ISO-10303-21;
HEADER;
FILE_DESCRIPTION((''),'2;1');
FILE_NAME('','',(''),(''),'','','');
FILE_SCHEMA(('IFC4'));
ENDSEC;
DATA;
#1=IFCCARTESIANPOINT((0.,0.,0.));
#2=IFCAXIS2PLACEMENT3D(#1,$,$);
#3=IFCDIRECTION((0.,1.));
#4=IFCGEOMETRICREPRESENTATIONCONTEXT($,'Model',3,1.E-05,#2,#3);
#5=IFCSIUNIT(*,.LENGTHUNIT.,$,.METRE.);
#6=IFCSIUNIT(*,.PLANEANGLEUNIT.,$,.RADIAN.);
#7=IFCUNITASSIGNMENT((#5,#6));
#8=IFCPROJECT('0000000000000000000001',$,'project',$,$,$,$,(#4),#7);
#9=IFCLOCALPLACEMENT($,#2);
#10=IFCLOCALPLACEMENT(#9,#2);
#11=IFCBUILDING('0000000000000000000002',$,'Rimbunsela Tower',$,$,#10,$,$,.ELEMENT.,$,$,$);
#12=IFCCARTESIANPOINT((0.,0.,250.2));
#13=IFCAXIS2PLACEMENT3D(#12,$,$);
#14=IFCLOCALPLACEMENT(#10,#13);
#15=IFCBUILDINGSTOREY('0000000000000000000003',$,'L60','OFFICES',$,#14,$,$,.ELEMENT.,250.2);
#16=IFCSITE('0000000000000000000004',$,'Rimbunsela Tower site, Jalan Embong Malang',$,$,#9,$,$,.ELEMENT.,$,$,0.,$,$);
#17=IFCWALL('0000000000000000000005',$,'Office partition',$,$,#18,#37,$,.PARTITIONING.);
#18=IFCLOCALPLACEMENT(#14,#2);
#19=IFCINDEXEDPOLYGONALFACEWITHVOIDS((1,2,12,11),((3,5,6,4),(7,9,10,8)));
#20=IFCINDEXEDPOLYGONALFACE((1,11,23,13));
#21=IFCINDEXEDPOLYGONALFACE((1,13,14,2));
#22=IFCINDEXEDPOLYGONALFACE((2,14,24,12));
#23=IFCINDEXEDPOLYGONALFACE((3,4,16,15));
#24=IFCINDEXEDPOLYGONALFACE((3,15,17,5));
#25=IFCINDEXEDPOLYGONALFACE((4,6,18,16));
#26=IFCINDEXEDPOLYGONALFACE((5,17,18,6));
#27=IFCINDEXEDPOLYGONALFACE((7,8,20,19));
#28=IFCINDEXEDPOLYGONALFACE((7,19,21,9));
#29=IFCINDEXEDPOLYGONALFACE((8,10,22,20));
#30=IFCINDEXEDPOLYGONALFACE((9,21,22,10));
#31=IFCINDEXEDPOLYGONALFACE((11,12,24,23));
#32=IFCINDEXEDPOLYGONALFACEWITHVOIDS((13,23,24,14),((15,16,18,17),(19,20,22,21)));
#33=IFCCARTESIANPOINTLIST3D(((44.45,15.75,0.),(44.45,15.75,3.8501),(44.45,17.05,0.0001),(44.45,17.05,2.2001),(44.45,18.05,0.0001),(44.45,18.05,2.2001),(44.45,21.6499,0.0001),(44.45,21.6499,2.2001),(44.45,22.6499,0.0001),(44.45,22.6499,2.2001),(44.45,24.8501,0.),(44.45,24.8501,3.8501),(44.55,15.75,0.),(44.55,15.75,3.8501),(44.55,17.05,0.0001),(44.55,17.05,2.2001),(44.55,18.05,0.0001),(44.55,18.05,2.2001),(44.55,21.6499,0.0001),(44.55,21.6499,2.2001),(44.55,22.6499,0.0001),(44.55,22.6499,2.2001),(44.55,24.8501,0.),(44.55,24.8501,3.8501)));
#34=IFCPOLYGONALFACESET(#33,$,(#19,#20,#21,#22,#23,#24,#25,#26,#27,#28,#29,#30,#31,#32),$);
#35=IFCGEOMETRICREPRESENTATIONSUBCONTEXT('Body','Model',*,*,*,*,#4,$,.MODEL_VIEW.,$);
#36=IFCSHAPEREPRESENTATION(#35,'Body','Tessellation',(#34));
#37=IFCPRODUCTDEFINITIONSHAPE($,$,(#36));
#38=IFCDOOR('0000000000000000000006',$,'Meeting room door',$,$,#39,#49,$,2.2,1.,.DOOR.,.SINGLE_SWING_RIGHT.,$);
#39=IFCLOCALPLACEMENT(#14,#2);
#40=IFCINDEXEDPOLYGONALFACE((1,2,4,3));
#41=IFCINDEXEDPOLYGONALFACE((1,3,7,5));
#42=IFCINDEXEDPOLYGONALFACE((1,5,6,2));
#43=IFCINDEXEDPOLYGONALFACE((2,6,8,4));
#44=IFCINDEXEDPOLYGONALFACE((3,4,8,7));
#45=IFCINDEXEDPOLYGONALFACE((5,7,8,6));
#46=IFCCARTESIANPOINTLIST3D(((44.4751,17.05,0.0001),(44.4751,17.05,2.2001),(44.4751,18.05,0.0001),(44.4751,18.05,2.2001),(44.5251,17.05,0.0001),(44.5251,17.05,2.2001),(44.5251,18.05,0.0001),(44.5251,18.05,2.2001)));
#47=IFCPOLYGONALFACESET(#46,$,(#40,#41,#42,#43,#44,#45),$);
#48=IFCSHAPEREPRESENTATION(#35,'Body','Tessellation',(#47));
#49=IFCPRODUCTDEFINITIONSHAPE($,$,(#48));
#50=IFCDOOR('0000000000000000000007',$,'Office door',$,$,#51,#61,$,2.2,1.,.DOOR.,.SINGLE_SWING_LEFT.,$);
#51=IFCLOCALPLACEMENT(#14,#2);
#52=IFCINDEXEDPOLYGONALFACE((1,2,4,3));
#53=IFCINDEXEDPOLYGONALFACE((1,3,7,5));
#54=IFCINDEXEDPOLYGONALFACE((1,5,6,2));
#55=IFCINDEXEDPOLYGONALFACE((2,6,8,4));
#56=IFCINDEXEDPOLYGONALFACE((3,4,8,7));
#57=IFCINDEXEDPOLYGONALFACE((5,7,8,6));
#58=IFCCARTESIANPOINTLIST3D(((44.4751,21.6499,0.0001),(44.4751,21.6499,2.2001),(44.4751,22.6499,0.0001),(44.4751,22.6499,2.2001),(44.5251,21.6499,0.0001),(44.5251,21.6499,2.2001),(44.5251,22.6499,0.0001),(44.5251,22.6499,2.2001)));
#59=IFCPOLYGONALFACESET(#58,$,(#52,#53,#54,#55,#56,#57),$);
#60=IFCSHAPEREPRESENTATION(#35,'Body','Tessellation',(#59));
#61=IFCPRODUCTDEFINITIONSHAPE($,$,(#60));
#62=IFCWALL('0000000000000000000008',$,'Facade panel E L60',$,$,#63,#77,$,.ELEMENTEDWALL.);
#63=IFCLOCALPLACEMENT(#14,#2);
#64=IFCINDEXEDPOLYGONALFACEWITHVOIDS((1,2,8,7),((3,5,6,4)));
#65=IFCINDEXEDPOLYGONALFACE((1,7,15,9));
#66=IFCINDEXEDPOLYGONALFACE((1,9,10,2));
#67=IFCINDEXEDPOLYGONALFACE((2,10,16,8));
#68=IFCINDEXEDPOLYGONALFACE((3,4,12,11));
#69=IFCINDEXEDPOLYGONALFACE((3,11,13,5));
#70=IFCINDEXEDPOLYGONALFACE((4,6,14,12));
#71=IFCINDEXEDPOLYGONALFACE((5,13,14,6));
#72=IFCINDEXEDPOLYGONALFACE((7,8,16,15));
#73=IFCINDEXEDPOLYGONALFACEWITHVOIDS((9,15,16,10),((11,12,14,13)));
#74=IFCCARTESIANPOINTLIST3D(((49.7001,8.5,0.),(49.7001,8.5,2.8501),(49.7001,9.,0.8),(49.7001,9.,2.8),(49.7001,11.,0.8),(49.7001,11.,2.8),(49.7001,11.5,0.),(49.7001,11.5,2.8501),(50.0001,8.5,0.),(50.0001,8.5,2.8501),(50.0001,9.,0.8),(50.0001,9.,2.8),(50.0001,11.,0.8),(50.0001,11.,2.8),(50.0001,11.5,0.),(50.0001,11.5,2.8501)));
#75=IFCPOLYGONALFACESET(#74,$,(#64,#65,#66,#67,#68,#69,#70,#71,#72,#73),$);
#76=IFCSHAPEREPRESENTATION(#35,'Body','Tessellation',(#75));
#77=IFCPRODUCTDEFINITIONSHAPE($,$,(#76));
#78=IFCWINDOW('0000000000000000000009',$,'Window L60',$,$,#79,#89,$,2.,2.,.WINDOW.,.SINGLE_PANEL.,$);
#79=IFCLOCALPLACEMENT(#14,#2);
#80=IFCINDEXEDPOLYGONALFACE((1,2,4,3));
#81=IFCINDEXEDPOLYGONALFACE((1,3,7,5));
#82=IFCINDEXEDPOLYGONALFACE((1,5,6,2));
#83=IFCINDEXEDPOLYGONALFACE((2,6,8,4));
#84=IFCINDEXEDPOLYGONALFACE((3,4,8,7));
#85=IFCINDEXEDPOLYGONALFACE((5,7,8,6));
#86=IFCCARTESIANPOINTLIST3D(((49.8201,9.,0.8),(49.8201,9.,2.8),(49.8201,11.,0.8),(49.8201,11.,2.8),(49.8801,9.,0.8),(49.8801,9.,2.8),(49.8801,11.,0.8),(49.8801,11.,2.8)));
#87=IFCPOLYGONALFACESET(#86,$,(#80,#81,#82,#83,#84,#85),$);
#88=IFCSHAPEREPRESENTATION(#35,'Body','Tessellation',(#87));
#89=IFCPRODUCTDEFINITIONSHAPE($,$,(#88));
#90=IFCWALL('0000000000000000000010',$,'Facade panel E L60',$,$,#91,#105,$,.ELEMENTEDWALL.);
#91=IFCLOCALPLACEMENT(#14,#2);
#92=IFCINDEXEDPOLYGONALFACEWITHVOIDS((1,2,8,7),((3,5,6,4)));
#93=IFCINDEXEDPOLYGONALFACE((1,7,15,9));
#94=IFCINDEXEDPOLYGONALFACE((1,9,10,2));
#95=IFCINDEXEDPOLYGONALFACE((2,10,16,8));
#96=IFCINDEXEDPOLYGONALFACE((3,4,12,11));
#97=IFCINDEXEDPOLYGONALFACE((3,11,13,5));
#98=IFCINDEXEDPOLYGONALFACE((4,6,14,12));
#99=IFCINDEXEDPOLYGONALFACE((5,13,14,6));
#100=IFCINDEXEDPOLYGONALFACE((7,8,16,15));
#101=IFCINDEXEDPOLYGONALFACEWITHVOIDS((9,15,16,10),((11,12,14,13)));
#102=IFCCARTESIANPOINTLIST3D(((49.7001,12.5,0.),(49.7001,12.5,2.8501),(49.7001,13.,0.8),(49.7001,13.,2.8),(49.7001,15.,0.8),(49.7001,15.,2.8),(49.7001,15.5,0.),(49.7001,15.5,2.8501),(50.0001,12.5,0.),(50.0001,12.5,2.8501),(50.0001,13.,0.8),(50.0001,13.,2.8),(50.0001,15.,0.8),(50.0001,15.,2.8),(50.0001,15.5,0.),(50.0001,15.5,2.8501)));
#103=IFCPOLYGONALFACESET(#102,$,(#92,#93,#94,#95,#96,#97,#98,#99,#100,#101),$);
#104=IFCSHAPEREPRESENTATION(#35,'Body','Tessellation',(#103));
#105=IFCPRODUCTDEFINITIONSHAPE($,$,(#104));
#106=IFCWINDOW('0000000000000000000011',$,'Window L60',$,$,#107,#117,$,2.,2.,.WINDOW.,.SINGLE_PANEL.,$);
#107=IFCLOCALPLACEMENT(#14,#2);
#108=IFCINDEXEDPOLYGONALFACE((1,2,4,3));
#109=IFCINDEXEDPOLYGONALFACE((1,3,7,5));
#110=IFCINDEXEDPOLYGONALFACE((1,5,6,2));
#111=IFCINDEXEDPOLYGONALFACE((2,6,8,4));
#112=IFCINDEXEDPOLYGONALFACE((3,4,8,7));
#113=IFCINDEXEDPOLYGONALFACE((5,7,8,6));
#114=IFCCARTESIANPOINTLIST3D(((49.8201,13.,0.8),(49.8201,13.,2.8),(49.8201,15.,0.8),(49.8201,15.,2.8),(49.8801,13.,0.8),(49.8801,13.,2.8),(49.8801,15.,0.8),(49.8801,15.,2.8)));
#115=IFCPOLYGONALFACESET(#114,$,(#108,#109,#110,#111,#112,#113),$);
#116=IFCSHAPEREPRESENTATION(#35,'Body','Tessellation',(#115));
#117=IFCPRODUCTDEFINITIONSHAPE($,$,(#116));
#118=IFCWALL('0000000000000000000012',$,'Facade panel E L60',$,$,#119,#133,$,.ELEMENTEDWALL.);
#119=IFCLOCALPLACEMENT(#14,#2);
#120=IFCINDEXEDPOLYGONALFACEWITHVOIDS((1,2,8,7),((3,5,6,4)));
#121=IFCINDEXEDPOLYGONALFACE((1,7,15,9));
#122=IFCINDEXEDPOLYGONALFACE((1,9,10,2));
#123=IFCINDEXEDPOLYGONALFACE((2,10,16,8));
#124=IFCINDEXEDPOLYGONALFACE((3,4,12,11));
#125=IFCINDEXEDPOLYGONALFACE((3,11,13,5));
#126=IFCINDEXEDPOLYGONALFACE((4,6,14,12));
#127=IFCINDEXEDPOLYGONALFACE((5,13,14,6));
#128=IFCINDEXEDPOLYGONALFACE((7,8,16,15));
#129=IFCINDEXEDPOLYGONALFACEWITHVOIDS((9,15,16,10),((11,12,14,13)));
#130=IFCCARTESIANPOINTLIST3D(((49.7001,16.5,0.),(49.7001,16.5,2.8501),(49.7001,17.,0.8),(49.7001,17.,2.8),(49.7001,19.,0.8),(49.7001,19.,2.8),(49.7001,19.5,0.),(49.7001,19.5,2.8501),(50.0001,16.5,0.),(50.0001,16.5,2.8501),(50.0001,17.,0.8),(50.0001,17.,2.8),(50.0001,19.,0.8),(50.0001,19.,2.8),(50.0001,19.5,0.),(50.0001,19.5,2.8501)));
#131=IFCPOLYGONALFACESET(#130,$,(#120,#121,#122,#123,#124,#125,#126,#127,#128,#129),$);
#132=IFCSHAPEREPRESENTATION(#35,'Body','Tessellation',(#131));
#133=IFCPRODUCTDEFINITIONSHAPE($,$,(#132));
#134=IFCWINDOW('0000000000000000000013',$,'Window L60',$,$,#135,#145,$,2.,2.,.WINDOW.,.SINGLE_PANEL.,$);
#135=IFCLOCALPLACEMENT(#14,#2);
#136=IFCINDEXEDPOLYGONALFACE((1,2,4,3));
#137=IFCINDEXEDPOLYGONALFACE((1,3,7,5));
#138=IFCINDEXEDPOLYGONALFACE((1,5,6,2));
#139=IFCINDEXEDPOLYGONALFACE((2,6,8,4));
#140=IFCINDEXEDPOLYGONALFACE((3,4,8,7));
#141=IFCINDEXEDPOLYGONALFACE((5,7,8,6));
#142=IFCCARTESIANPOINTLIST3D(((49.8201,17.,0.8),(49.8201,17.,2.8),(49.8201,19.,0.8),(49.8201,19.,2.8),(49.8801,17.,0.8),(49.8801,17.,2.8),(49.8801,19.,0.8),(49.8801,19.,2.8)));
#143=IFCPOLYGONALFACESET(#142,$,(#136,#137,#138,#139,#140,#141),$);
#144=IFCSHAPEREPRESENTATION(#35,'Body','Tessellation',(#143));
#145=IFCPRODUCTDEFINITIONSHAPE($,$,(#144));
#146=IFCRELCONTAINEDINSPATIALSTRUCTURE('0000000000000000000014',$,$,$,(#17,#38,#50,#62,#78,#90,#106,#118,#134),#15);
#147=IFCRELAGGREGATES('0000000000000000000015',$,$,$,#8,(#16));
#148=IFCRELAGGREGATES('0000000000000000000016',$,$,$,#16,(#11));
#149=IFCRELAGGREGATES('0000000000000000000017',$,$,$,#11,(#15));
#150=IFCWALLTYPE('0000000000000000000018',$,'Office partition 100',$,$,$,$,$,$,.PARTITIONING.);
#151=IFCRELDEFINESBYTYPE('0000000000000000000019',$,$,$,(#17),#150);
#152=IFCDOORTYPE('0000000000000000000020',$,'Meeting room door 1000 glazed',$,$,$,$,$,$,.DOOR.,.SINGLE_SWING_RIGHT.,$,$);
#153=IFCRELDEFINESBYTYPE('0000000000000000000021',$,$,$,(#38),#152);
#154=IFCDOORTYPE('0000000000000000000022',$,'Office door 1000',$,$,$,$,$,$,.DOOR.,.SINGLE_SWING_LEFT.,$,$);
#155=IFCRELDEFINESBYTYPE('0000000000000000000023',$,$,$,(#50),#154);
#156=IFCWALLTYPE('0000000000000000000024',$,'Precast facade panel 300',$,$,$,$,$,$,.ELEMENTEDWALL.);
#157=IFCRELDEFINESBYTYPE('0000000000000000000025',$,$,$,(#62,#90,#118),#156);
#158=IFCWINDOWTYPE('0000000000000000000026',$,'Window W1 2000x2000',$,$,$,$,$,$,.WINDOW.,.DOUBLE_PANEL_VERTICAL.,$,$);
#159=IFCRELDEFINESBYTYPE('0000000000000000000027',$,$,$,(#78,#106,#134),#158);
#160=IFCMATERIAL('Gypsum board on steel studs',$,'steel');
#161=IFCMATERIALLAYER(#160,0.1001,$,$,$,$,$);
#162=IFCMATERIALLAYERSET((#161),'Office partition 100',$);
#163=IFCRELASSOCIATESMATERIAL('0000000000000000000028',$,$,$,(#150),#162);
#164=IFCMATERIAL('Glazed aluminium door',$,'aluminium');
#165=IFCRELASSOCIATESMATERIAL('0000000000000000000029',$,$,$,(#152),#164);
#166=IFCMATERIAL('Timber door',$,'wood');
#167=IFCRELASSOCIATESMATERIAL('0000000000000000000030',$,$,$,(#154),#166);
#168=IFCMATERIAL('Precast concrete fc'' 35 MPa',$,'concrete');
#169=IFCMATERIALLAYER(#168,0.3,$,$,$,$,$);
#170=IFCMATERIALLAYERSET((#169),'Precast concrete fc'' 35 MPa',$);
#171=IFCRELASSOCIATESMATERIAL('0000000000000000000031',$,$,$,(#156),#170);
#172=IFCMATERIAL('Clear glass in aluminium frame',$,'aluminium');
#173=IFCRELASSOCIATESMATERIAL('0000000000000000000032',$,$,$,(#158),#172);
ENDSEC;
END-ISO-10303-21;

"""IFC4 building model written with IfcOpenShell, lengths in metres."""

from ifc_helpers import new_model, si_unit, direction, frame, frame_2d, origin, place, context, subcontext, project, spatial, rectangle, extrude, material, layer, layer_set, type_object, element, fill, save


model = new_model("IFC4")

# Units and contexts
model_context = context("Model", 3, precision=1e-05, world=origin(), true_north=direction((0.0, 1.0)))
body_context = subcontext(model_context, "Body", "Model", "MODEL_VIEW")
ifc_project = project(units=[si_unit("LENGTHUNIT", "METRE"), si_unit("PLANEANGLEUNIT", "RADIAN")], contexts=[model_context])

# Site, building, storey
site_placement = place(None, origin())
site = spatial("IfcSite", under=ifc_project, at=site_placement, Name="Rimbunsela Tower site, Jalan Embong Malang", CompositionType="ELEMENT", RefElevation=0.0)
building_placement = place(site_placement, origin())
building = spatial("IfcBuilding", under=site, at=building_placement, Name="Rimbunsela Tower", CompositionType="ELEMENT")
storey_placement = place(building_placement, frame((0.0, 0.0, 250.2)))
storey = spatial("IfcBuildingStorey", under=building, at=storey_placement, Name="L60", Description="OFFICES", CompositionType="ELEMENT", Elevation=250.2)

# Wall, openings, doors
ifc_material_1 = material(Name="Gypsum board on steel studs", Category="steel")
ifc_layer_1 = layer(ifc_material_1, 0.1001)
ifc_layer_set_1 = layer_set([ifc_layer_1], Name="Office partition 100")
wall_type_1 = type_object("IfcWallType", Name="Office partition 100", PredefinedType="PARTITIONING", material=ifc_layer_set_1)
wall_1_placement = place(storey_placement, frame((44.5, 15.75, 0.0), z_axis=(0.0, 0.0, 1.0), x_axis=(0.0, 1.0, 0.0)))
wall_1 = element("IfcWall", 1, at=wall_1_placement, inside=storey, type_object=wall_type_1, Name="Office partition", PredefinedType="PARTITIONING", context=body_context, shape_type="SweptSolid", body=[
    extrude(rectangle(XDim=9.1001, YDim=0.1001, at=frame_2d((4.55, 0.0))), origin(), (0.0, 0.0, 1.0), 3.8501),
])
opening_1_placement = place(wall_1_placement, frame((1.3, 0.0, 0.0)))
opening_1 = element("IfcOpeningElement", 2, at=opening_1_placement, cuts=wall_1, PredefinedType="OPENING", context=body_context, shape_type="SweptSolid", body=[
    extrude(rectangle(XDim=1.0, YDim=2.2, at=frame_2d((0.5, 1.1001))), frame((0.0, 0.0601, 0.0), z_axis=(0.0, -1.0, 0.0), x_axis=(1.0, 0.0, 0.0)), (0.0, 0.0, 1.0), 0.1201),
])
opening_2_placement = place(wall_1_placement, frame((5.8999, 0.0, 0.0)))
opening_2 = element("IfcOpeningElement", 3, at=opening_2_placement, cuts=wall_1, PredefinedType="OPENING", context=body_context, shape_type="SweptSolid", body=[
    extrude(rectangle(XDim=1.0, YDim=2.2, at=frame_2d((0.5, 1.1001))), frame((0.0, 0.0601, 0.0), z_axis=(0.0, -1.0, 0.0), x_axis=(1.0, 0.0, 0.0)), (0.0, 0.0, 1.0), 0.1201),
])
ifc_material_2 = material(Name="Glazed aluminium door", Category="aluminium")
door_type_1 = type_object("IfcDoorType", Name="Meeting room door 1000 glazed", OperationType="SINGLE_SWING_RIGHT", PredefinedType="DOOR", material=ifc_material_2)
door_1_placement = place(opening_1_placement, origin())
door_1 = element("IfcDoor", 4, at=door_1_placement, inside=storey, type_object=door_type_1, Name="Meeting room door", OperationType="SINGLE_SWING_RIGHT", OverallHeight=2.2, OverallWidth=1.0, PredefinedType="DOOR", context=body_context, shape_type="SweptSolid", body=[
    extrude(rectangle(XDim=1.0, YDim=2.2, at=frame_2d((0.5, 1.1001))), frame((0.0, 0.0249, 0.0), z_axis=(0.0, -1.0, 0.0), x_axis=(1.0, 0.0, 0.0)), (0.0, 0.0, 1.0), 0.05),
])
fill(opening_1, door_1)
ifc_material_3 = material(Name="Timber door", Category="wood")
door_type_2 = type_object("IfcDoorType", Name="Office door 1000", OperationType="SINGLE_SWING_LEFT", PredefinedType="DOOR", material=ifc_material_3)
door_2_placement = place(opening_2_placement, origin())
door_2 = element("IfcDoor", 5, at=door_2_placement, inside=storey, type_object=door_type_2, Name="Office door", OperationType="SINGLE_SWING_LEFT", OverallHeight=2.2, OverallWidth=1.0, PredefinedType="DOOR", context=body_context, shape_type="SweptSolid", body=[
    extrude(rectangle(XDim=1.0, YDim=2.2, at=frame_2d((0.5, 1.1001))), frame((0.0, 0.0249, 0.0), z_axis=(0.0, -1.0, 0.0), x_axis=(1.0, 0.0, 0.0)), (0.0, 0.0, 1.0), 0.05),
])
fill(opening_2, door_2)

# Walls, openings, windows
ifc_material_4 = material(Name="Precast concrete fc' 35 MPa", Category="concrete")
ifc_layer_2 = layer(ifc_material_4, 0.3)
ifc_layer_set_2 = layer_set([ifc_layer_2], Name="Precast concrete fc' 35 MPa")
wall_type_2 = type_object("IfcWallType", Name="Precast facade panel 300", PredefinedType="ELEMENTEDWALL", material=ifc_layer_set_2)
wall_2_placement = place(storey_placement, frame((49.8501, 8.5, 0.0), z_axis=(0.0, 0.0, 1.0), x_axis=(0.0, 1.0, 0.0)))
wall_2 = element("IfcWall", 6, at=wall_2_placement, inside=storey, type_object=wall_type_2, Name="Facade panel E L60", PredefinedType="ELEMENTEDWALL", context=body_context, shape_type="SweptSolid", body=[
    extrude(rectangle(XDim=3.0, YDim=0.3, at=frame_2d((1.5, 0.0))), origin(), (0.0, 0.0, 1.0), 2.8501),
])
opening_3_placement = place(wall_2_placement, frame((0.5, 0.0, 0.8)))
opening_3 = element("IfcOpeningElement", 7, at=opening_3_placement, cuts=wall_2, PredefinedType="OPENING", context=body_context, shape_type="SweptSolid", body=[
    extrude(rectangle(XDim=2.0, YDim=2.0, at=frame_2d((1.0, 1.0))), frame((0.0, 0.1599, 0.0), z_axis=(0.0, -1.0, 0.0), x_axis=(1.0, 0.0, 0.0)), (0.0, 0.0, 1.0), 0.3201),
])
ifc_material_5 = material(Name="Clear glass in aluminium frame", Category="aluminium")
window_type = type_object("IfcWindowType", Name="Window W1 2000x2000", PartitioningType="DOUBLE_PANEL_VERTICAL", PredefinedType="WINDOW", material=ifc_material_5)
window_1_placement = place(opening_3_placement, origin())
window_1 = element("IfcWindow", 8, at=window_1_placement, inside=storey, type_object=window_type, Name="Window L60", OverallHeight=2.0, OverallWidth=2.0, PartitioningType="SINGLE_PANEL", PredefinedType="WINDOW", context=body_context, shape_type="SweptSolid", body=[
    extrude(rectangle(XDim=2.0, YDim=2.0, at=frame_2d((1.0, 1.0))), frame((0.0, 0.03, 0.0), z_axis=(0.0, -1.0, 0.0), x_axis=(1.0, 0.0, 0.0)), (0.0, 0.0, 1.0), 0.0601),
])
fill(opening_3, window_1)
wall_3_placement = place(storey_placement, frame((49.8501, 12.5, 0.0), z_axis=(0.0, 0.0, 1.0), x_axis=(0.0, 1.0, 0.0)))
wall_3 = element("IfcWall", 9, at=wall_3_placement, inside=storey, type_object=wall_type_2, Name="Facade panel E L60", PredefinedType="ELEMENTEDWALL", context=body_context, shape_type="SweptSolid", body=[
    extrude(rectangle(XDim=3.0, YDim=0.3, at=frame_2d((1.5, 0.0))), origin(), (0.0, 0.0, 1.0), 2.8501),
])
opening_4_placement = place(wall_3_placement, frame((0.5, 0.0, 0.8)))
opening_4 = element("IfcOpeningElement", 10, at=opening_4_placement, cuts=wall_3, PredefinedType="OPENING", context=body_context, shape_type="SweptSolid", body=[
    extrude(rectangle(XDim=2.0, YDim=2.0, at=frame_2d((1.0, 1.0))), frame((0.0, 0.1599, 0.0), z_axis=(0.0, -1.0, 0.0), x_axis=(1.0, 0.0, 0.0)), (0.0, 0.0, 1.0), 0.3201),
])
window_2_placement = place(opening_4_placement, origin())
window_2 = element("IfcWindow", 11, at=window_2_placement, inside=storey, type_object=window_type, Name="Window L60", OverallHeight=2.0, OverallWidth=2.0, PartitioningType="SINGLE_PANEL", PredefinedType="WINDOW", context=body_context, shape_type="SweptSolid", body=[
    extrude(rectangle(XDim=2.0, YDim=2.0, at=frame_2d((1.0, 1.0))), frame((0.0, 0.03, 0.0), z_axis=(0.0, -1.0, 0.0), x_axis=(1.0, 0.0, 0.0)), (0.0, 0.0, 1.0), 0.0601),
])
fill(opening_4, window_2)
wall_4_placement = place(storey_placement, frame((49.8501, 16.5, 0.0), z_axis=(0.0, 0.0, 1.0), x_axis=(0.0, 1.0, 0.0)))
wall_4 = element("IfcWall", 12, at=wall_4_placement, inside=storey, type_object=wall_type_2, Name="Facade panel E L60", PredefinedType="ELEMENTEDWALL", context=body_context, shape_type="SweptSolid", body=[
    extrude(rectangle(XDim=3.0, YDim=0.3, at=frame_2d((1.5, 0.0))), origin(), (0.0, 0.0, 1.0), 2.8501),
])
opening_5_placement = place(wall_4_placement, frame((0.5, 0.0, 0.8)))
opening_5 = element("IfcOpeningElement", 13, at=opening_5_placement, cuts=wall_4, PredefinedType="OPENING", context=body_context, shape_type="SweptSolid", body=[
    extrude(rectangle(XDim=2.0, YDim=2.0, at=frame_2d((1.0, 1.0))), frame((0.0, 0.1599, 0.0), z_axis=(0.0, -1.0, 0.0), x_axis=(1.0, 0.0, 0.0)), (0.0, 0.0, 1.0), 0.3201),
])
window_3_placement = place(opening_5_placement, origin())
window_3 = element("IfcWindow", 14, at=window_3_placement, inside=storey, type_object=window_type, Name="Window L60", OverallHeight=2.0, OverallWidth=2.0, PartitioningType="SINGLE_PANEL", PredefinedType="WINDOW", context=body_context, shape_type="SweptSolid", body=[
    extrude(rectangle(XDim=2.0, YDim=2.0, at=frame_2d((1.0, 1.0))), frame((0.0, 0.03, 0.0), z_axis=(0.0, -1.0, 0.0), x_axis=(1.0, 0.0, 0.0)), (0.0, 0.0, 1.0), 0.0601),
])
fill(opening_5, window_3)

save(model, "model.ifc")
